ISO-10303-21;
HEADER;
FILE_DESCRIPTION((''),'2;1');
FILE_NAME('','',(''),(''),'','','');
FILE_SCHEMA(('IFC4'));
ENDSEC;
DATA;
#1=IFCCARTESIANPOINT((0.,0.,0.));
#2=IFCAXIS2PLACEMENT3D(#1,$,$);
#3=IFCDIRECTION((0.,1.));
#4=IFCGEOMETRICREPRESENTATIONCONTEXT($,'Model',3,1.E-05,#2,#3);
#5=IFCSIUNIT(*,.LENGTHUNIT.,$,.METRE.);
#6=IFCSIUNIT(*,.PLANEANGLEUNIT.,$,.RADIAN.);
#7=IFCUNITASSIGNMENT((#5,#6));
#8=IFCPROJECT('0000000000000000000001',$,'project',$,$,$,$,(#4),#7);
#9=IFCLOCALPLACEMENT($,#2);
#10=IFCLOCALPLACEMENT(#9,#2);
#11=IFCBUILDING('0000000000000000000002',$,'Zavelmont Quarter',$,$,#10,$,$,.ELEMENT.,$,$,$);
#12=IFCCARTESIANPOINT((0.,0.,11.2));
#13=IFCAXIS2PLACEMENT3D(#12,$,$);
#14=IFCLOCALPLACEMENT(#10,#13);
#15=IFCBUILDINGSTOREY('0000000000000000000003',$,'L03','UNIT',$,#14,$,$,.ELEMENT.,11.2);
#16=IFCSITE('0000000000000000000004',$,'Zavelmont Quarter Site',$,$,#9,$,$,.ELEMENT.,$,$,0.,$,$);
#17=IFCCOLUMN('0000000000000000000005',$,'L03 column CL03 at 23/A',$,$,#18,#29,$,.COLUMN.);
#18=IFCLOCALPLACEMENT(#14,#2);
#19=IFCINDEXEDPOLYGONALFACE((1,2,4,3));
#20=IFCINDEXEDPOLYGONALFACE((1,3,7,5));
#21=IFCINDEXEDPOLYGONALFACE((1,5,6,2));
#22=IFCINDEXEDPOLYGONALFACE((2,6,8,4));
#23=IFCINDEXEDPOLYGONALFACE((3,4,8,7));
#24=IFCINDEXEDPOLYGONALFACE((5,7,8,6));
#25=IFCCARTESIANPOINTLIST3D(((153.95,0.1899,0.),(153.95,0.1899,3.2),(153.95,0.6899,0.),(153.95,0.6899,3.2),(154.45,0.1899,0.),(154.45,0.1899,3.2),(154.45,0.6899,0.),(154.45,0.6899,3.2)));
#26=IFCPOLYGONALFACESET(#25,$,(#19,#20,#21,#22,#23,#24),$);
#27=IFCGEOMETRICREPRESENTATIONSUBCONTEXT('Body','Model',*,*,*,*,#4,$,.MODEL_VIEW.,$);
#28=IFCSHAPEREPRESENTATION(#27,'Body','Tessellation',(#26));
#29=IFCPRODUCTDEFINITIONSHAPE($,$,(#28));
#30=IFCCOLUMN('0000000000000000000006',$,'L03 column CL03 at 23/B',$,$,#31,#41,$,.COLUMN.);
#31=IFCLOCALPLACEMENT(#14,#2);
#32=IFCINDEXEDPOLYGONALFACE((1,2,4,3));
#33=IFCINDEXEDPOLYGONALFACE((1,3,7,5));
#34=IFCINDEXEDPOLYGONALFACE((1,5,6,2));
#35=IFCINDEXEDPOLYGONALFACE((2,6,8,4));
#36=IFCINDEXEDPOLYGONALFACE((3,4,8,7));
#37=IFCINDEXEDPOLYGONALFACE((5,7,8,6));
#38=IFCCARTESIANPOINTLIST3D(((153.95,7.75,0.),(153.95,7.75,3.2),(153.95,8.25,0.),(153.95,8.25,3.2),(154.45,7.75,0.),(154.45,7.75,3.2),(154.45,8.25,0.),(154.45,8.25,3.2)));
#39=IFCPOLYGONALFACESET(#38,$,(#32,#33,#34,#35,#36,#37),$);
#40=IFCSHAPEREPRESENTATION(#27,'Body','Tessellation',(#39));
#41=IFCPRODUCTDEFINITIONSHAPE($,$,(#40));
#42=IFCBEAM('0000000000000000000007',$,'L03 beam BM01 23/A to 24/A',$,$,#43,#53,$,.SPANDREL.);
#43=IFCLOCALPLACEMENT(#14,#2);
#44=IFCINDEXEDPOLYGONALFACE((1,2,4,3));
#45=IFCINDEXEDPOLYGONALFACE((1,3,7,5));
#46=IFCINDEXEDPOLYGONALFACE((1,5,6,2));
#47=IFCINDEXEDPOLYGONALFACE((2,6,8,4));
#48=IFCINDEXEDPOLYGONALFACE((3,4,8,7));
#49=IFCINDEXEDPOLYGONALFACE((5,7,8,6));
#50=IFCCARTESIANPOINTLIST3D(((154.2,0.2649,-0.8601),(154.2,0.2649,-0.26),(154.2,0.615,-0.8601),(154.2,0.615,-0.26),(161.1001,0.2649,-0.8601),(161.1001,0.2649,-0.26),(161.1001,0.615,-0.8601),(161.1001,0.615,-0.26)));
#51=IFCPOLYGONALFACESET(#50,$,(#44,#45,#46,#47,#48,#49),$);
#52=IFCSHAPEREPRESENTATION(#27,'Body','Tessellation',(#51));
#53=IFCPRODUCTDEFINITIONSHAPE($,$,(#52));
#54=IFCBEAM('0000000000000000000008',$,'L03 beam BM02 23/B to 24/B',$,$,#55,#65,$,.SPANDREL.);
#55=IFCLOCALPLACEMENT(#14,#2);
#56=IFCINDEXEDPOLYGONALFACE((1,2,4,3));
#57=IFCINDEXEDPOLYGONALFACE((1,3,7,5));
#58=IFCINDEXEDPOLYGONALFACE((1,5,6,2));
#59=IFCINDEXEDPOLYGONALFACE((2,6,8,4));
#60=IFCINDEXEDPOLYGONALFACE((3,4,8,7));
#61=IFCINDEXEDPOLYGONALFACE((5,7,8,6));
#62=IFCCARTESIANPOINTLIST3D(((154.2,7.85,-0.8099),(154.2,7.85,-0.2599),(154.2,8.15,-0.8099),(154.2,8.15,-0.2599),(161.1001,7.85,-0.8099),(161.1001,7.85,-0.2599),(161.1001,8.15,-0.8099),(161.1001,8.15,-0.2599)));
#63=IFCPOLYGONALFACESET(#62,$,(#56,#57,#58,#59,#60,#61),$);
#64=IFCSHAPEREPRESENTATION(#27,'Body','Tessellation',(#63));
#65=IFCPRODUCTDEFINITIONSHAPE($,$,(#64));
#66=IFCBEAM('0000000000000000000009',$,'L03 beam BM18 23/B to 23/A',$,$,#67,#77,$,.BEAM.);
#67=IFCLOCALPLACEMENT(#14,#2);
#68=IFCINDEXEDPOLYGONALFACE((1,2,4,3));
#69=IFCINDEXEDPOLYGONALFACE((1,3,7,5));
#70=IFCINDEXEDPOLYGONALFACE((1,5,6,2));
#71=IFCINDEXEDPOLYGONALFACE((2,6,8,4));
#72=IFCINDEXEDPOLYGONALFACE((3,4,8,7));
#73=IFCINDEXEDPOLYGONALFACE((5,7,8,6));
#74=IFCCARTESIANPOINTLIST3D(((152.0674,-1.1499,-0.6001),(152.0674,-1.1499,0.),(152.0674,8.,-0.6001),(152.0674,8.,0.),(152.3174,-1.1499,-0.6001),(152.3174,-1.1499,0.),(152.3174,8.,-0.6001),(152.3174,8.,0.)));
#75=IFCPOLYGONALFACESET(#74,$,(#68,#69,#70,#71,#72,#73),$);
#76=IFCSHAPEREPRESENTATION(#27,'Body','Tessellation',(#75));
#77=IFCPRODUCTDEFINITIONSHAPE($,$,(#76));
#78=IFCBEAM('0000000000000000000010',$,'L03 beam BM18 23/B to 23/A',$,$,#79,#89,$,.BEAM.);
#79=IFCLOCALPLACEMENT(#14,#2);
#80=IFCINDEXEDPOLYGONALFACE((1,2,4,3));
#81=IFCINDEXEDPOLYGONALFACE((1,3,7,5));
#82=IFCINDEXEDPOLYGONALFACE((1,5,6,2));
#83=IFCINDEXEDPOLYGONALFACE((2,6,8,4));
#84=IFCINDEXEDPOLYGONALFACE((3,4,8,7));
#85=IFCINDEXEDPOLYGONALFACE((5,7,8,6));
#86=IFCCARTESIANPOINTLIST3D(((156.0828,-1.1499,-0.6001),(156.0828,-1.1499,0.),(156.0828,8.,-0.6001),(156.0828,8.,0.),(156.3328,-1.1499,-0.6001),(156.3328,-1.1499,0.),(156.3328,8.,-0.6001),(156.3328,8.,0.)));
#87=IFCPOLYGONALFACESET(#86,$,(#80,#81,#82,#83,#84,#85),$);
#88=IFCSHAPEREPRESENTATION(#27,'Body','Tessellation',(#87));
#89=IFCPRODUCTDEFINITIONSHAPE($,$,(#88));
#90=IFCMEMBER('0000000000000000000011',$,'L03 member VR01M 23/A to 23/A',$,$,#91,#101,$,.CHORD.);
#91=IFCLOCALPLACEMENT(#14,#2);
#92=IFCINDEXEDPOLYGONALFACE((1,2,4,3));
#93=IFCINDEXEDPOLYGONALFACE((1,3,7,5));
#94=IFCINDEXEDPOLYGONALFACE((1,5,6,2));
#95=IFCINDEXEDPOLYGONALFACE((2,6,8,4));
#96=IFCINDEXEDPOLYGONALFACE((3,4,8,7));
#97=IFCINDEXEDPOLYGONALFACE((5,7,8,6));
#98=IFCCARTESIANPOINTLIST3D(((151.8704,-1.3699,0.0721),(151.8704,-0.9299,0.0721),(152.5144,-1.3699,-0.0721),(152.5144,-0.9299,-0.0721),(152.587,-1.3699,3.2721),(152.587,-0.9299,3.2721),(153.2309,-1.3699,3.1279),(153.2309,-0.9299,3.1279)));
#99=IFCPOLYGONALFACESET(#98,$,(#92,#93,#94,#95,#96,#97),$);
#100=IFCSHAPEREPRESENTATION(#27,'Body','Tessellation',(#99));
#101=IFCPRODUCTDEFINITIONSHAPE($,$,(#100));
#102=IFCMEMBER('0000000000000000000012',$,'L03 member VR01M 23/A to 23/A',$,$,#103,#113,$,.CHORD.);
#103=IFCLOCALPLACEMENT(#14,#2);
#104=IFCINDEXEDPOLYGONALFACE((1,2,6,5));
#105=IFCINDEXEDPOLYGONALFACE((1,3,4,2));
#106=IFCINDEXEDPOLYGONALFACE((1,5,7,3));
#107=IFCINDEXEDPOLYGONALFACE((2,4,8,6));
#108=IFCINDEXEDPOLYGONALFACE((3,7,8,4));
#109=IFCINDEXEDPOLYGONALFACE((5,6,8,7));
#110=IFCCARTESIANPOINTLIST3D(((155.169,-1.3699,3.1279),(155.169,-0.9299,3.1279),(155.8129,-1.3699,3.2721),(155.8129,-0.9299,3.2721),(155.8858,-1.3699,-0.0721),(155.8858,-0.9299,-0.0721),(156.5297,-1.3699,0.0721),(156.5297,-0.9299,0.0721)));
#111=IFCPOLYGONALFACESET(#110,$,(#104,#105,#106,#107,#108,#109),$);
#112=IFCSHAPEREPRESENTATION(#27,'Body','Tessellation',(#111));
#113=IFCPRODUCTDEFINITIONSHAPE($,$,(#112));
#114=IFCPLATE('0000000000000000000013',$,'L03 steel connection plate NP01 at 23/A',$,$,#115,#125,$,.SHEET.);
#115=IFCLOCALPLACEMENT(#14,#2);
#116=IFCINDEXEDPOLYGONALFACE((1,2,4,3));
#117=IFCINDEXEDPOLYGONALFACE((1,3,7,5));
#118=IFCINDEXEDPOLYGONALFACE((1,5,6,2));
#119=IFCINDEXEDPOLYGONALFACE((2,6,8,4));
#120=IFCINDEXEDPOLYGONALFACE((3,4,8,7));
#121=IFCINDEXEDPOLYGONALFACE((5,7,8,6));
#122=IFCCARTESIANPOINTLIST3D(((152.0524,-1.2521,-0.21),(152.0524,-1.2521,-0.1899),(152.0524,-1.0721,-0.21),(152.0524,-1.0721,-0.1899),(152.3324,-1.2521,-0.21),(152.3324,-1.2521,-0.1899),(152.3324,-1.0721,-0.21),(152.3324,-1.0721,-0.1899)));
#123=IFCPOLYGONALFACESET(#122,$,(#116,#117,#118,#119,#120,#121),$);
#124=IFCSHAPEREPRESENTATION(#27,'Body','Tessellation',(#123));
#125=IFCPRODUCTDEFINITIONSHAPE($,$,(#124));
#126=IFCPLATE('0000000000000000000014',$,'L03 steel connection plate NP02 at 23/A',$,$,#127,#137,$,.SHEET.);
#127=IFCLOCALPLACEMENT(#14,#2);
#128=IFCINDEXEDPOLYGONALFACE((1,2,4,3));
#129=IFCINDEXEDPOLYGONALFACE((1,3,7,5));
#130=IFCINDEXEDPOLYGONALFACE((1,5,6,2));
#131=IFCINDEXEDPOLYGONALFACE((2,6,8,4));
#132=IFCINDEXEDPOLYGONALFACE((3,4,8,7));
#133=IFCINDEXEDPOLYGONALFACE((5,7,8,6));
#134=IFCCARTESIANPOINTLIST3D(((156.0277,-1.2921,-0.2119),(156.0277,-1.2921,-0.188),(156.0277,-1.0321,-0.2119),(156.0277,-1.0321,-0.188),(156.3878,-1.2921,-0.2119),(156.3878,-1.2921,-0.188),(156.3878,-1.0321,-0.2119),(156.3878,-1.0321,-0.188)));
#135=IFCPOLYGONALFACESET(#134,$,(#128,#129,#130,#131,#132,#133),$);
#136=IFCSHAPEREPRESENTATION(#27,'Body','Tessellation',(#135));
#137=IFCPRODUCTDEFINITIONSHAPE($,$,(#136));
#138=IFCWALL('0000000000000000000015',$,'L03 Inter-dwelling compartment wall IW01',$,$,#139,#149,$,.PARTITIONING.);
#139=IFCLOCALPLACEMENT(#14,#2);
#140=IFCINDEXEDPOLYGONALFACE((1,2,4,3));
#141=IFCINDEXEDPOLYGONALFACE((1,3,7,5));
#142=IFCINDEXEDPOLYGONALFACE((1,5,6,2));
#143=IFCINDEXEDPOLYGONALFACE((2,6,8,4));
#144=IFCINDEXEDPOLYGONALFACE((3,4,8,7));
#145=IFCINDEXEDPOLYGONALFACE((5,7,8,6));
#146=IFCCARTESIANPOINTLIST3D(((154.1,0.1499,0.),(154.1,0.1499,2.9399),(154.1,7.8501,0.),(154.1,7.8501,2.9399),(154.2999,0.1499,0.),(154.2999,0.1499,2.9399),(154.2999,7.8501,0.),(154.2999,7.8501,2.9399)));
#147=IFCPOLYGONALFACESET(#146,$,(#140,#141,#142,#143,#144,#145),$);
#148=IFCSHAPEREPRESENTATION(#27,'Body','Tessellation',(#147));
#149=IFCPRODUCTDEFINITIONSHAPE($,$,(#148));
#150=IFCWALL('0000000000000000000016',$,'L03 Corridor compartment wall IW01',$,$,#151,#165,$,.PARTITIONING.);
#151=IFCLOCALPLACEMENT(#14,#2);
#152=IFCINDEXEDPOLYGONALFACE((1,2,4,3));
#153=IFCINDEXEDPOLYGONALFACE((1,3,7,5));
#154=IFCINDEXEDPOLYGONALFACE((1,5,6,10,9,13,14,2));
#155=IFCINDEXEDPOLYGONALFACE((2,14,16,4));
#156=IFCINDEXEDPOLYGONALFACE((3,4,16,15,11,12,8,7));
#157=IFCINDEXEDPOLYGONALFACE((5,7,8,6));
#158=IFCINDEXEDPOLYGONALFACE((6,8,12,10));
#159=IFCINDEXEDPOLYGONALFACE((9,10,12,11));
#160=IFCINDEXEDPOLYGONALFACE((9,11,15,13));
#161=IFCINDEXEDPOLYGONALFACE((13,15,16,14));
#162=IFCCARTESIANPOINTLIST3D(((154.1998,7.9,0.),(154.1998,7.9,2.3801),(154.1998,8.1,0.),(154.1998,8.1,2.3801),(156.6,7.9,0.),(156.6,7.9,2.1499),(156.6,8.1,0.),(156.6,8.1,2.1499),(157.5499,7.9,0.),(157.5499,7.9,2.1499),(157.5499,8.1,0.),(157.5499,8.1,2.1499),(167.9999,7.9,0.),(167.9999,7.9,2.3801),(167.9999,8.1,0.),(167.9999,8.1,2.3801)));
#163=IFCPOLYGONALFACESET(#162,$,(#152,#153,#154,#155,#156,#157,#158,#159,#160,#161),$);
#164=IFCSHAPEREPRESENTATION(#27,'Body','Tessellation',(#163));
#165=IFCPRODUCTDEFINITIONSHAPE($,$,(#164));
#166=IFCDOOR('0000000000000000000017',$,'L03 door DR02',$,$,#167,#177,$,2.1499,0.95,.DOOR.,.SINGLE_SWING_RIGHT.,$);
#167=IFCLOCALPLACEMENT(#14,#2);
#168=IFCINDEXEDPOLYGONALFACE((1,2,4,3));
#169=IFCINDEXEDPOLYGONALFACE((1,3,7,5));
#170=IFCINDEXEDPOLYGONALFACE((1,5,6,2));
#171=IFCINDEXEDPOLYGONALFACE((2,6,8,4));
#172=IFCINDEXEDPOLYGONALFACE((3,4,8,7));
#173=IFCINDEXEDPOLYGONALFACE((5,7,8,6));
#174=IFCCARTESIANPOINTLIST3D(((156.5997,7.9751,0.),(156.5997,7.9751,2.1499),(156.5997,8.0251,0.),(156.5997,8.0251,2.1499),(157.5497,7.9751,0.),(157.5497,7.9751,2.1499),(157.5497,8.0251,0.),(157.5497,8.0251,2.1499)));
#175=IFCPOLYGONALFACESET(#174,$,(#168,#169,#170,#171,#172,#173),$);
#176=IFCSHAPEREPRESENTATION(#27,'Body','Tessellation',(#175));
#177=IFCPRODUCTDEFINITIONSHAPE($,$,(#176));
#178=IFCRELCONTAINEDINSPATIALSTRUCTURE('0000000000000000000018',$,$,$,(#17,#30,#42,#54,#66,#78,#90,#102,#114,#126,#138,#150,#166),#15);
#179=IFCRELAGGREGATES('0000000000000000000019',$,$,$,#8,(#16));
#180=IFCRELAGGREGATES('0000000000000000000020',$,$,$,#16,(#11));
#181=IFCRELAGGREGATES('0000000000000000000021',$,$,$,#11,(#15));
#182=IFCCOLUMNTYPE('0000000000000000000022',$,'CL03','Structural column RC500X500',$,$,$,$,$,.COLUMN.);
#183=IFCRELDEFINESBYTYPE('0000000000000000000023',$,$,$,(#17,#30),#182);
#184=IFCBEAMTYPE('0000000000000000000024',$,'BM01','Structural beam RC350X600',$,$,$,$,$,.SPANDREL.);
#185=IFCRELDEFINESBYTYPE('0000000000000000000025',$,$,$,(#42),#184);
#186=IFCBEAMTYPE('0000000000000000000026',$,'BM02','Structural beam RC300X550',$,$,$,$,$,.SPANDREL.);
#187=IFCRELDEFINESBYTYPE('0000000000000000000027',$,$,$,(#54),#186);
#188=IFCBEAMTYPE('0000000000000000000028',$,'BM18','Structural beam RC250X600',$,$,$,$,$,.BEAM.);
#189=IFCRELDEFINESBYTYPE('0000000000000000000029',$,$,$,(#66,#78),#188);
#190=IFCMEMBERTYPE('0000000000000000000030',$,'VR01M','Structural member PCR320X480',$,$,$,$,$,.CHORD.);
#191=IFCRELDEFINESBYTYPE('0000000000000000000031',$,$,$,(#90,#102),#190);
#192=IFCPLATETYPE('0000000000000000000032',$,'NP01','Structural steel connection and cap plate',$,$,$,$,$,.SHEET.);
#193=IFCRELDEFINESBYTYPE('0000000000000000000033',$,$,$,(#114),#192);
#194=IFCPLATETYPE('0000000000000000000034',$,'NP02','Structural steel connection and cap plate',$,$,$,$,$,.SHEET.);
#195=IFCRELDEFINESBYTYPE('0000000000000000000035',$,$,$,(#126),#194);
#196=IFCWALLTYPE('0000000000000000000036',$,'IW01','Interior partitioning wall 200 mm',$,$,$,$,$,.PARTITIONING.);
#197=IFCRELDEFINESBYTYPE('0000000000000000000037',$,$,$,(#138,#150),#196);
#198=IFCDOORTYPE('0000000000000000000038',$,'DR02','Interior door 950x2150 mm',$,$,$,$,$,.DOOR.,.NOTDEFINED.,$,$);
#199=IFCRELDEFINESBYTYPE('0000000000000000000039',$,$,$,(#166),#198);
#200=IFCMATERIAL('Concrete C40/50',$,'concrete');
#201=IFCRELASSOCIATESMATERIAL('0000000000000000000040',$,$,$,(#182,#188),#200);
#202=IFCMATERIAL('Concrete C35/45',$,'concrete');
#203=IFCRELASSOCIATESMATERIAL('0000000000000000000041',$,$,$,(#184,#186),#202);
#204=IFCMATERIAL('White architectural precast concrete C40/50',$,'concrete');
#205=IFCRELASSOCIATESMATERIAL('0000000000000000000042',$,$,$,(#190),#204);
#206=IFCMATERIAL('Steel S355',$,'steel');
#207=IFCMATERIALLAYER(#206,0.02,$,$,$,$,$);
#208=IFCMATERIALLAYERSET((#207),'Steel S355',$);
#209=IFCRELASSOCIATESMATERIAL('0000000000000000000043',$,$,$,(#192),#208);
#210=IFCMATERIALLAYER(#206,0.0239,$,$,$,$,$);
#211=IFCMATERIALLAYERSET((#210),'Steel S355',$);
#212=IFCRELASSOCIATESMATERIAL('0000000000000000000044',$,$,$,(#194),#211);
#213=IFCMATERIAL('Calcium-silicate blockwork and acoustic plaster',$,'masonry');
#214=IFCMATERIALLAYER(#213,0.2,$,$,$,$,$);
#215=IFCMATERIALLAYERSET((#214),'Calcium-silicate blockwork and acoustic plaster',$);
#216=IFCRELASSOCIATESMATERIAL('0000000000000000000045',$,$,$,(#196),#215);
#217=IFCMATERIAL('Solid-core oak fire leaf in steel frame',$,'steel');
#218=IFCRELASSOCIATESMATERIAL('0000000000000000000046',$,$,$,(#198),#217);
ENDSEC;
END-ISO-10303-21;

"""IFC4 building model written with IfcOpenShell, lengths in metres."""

from ifc_helpers import new_model, si_unit, direction, frame, frame_2d, origin, origin_2d, place, context, subcontext, project, spatial, rectangle, extrude, material, layer, layer_set, material_profile, profile_set, type_object, element, fill, save


model = new_model("IFC4")

# Units and contexts
model_context = context("Model", 3, precision=1e-05, world=origin(), true_north=direction((0.0, 1.0)))
body_context = subcontext(model_context, "Body", "Model", "MODEL_VIEW")
ifc_project = project(units=[si_unit("LENGTHUNIT", "METRE"), si_unit("PLANEANGLEUNIT", "RADIAN")], contexts=[model_context])

# Site, building, storey
site_placement = place(None, origin())
site = spatial("IfcSite", under=ifc_project, at=site_placement, Name="Zavelmont Quarter Site", CompositionType="ELEMENT", RefElevation=0.0)
building_placement = place(site_placement, origin())
building = spatial("IfcBuilding", under=site, at=building_placement, Name="Zavelmont Quarter", CompositionType="ELEMENT")
storey_placement = place(building_placement, frame((0.0, 0.0, 11.2)))
storey = spatial("IfcBuildingStorey", under=building, at=storey_placement, Name="L03", Description="UNIT", CompositionType="ELEMENT", Elevation=11.2)

# Columns
ifc_material_1 = material(Name="Concrete C40/50", Category="concrete")
ifc_material_profile_1 = material_profile(ifc_material_1, rectangle(XDim=0.5, YDim=0.5, at=origin_2d()), Name="RC500X500")
ifc_profile_set_1 = profile_set([ifc_material_profile_1], Name="Concrete C40/50")
column_type = type_object("IfcColumnType", Name="CL03", Description="Structural column RC500X500", PredefinedType="COLUMN", material=ifc_profile_set_1)
for number, where, z_axis, x_axis, name in (
    (1, (154.2, 0.4399, 0.0), (0.0, 0.0, 1.0), (1.0, 0.0, 0.0), "L03 column CL03 at 23/A"),
    (2, (154.2, 8.0, 0.0), (0.0, 0.0, 1.0), (1.0, 0.0, 0.0), "L03 column CL03 at 23/B"),
):
    element("IfcColumn", number, at=place(storey_placement, frame(where, z_axis=z_axis, x_axis=x_axis)), inside=storey, type_object=column_type, Name=name, PredefinedType="COLUMN", context=body_context, shape_type="SweptSolid", body=[
        extrude(rectangle(XDim=0.5, YDim=0.5, at=origin_2d()), origin(), (0.0, 0.0, 1.0), 3.2),
    ])

# Beams
ifc_material_2 = material(Name="Concrete C35/45", Category="concrete")
ifc_material_profile_2 = material_profile(ifc_material_2, rectangle(XDim=0.3501, YDim=0.6001, at=origin_2d()), Name="RC350X600")
ifc_profile_set_2 = profile_set([ifc_material_profile_2], Name="Concrete C35/45")
beam_type_1 = type_object("IfcBeamType", Name="BM01", Description="Structural beam RC350X600", PredefinedType="SPANDREL", material=ifc_profile_set_2)
beam_1_placement = place(storey_placement, frame((154.2, 0.4399, -0.5601), z_axis=(1.0, 0.0, 0.0), x_axis=(0.0, 1.0, 0.0)))
element("IfcBeam", 3, at=beam_1_placement, inside=storey, type_object=beam_type_1, Name="L03 beam BM01 23/A to 24/A", PredefinedType="SPANDREL", context=body_context, shape_type="SweptSolid", body=[
    extrude(rectangle(XDim=0.3501, YDim=0.6001, at=origin_2d()), origin(), (0.0, 0.0, 1.0), 6.9001),
])
ifc_material_profile_3 = material_profile(ifc_material_2, rectangle(XDim=0.3, YDim=0.55, at=origin_2d()), Name="RC300X550")
ifc_profile_set_3 = profile_set([ifc_material_profile_3], Name="Concrete C35/45")
beam_type_2 = type_object("IfcBeamType", Name="BM02", Description="Structural beam RC300X550", PredefinedType="SPANDREL", material=ifc_profile_set_3)
beam_2_placement = place(storey_placement, frame((154.2, 8.0, -0.5349), z_axis=(1.0, 0.0, 0.0), x_axis=(0.0, 1.0, 0.0)))
element("IfcBeam", 4, at=beam_2_placement, inside=storey, type_object=beam_type_2, Name="L03 beam BM02 23/B to 24/B", PredefinedType="SPANDREL", context=body_context, shape_type="SweptSolid", body=[
    extrude(rectangle(XDim=0.3, YDim=0.55, at=origin_2d()), origin(), (0.0, 0.0, 1.0), 6.9001),
])
ifc_material_profile_4 = material_profile(ifc_material_1, rectangle(XDim=0.25, YDim=0.6001, at=origin_2d()), Name="RC250X600")
ifc_profile_set_4 = profile_set([ifc_material_profile_4], Name="Concrete C40/50")
beam_type_3 = type_object("IfcBeamType", Name="BM18", Description="Structural beam RC250X600", PredefinedType="BEAM", material=ifc_profile_set_4)
for number, where, z_axis, x_axis, name in (
    (5, (152.1924, 8.0, -0.3), (0.0, -1.0, 0.0), (1.0, 0.0, 0.0), "L03 beam BM18 23/B to 23/A"),
    (6, (156.2078, 8.0, -0.3), (0.0, -1.0, 0.0), (1.0, 0.0, 0.0), "L03 beam BM18 23/B to 23/A"),
):
    element("IfcBeam", number, at=place(storey_placement, frame(where, z_axis=z_axis, x_axis=x_axis)), inside=storey, type_object=beam_type_3, Name=name, PredefinedType="BEAM", context=body_context, shape_type="SweptSolid", body=[
        extrude(rectangle(XDim=0.25, YDim=0.6001, at=origin_2d()), origin(), (0.0, 0.0, 1.0), 9.1499),
    ])

# Members
ifc_material_3 = material(Name="White architectural precast concrete C40/50", Category="concrete")
ifc_material_profile_5 = material_profile(ifc_material_3, rectangle(XDim=0.4399, YDim=0.6599, at=origin_2d()), Name="PCR320X480")
ifc_profile_set_5 = profile_set([ifc_material_profile_5], Name="White architectural precast concrete C40/50")
member_type = type_object("IfcMemberType", Name="VR01M", Description="Structural member PCR320X480", PredefinedType="CHORD", material=ifc_profile_set_5)
for number, where, z_axis, x_axis, name in (
    (7, (152.1924, -1.1499, 0.0), (0.218515, 0.0, 0.975834), (0.0, 1.0, 0.0), "L03 member VR01M 23/A to 23/A"),
    (8, (156.2078, -1.1499, 0.0), (-0.218586, 0.0, 0.975818), (0.0, -1.0, 0.0), "L03 member VR01M 23/A to 23/A"),
):
    element("IfcMember", number, at=place(storey_placement, frame(where, z_axis=z_axis, x_axis=x_axis)), inside=storey, type_object=member_type, Name=name, PredefinedType="CHORD", context=body_context, shape_type="SweptSolid", body=[
        extrude(rectangle(XDim=0.4399, YDim=0.6599, at=origin_2d()), origin(), (0.0, 0.0, 1.0), 3.2793),
    ])

# Plates
ifc_material_4 = material(Name="Steel S355", Category="steel")
ifc_layer_1 = layer(ifc_material_4, 0.02)
ifc_layer_set_1 = layer_set([ifc_layer_1], Name="Steel S355")
plate_type_1 = type_object("IfcPlateType", Name="NP01", Description="Structural steel connection and cap plate", PredefinedType="SHEET", material=ifc_layer_set_1)
plate_1_placement = place(storey_placement, frame((152.1924, -1.1621, -0.21), z_axis=(0.0, 0.0, 1.0), x_axis=(1.0, 0.0, 0.0)))
element("IfcPlate", 9, at=plate_1_placement, inside=storey, type_object=plate_type_1, Name="L03 steel connection plate NP01 at 23/A", PredefinedType="SHEET", context=body_context, shape_type="SweptSolid", body=[
    extrude(rectangle(XDim=0.28, YDim=0.1799, at=origin_2d()), origin(), (0.0, 0.0, 1.0), 0.02),
])
ifc_layer_2 = layer(ifc_material_4, 0.0239)
ifc_layer_set_2 = layer_set([ifc_layer_2], Name="Steel S355")
plate_type_2 = type_object("IfcPlateType", Name="NP02", Description="Structural steel connection and cap plate", PredefinedType="SHEET", material=ifc_layer_set_2)
plate_2_placement = place(storey_placement, frame((156.2078, -1.1621, -0.2119), z_axis=(0.0, 0.0, 1.0), x_axis=(1.0, 0.0, 0.0)))
element("IfcPlate", 10, at=plate_2_placement, inside=storey, type_object=plate_type_2, Name="L03 steel connection plate NP02 at 23/A", PredefinedType="SHEET", context=body_context, shape_type="SweptSolid", body=[
    extrude(rectangle(XDim=0.3601, YDim=0.26, at=origin_2d()), origin(), (0.0, 0.0, 1.0), 0.0239),
])

# Wall
ifc_material_5 = material(Name="Calcium-silicate blockwork and acoustic plaster", Category="masonry")
ifc_layer_3 = layer(ifc_material_5, 0.2)
ifc_layer_set_3 = layer_set([ifc_layer_3], Name="Calcium-silicate blockwork and acoustic plaster")
wall_type_1 = type_object("IfcWallType", Name="IW01", Description="Interior partitioning wall 200 mm", PredefinedType="PARTITIONING", material=ifc_layer_set_3)
wall_1_placement = place(storey_placement, frame((154.2, 7.8501, 0.0), z_axis=(0.0, 0.0, 1.0), x_axis=(0.0, -1.0, 0.0)))
element("IfcWall", 11, at=wall_1_placement, inside=storey, type_object=wall_type_1, Name="L03 Inter-dwelling compartment wall IW01", PredefinedType="PARTITIONING", context=body_context, shape_type="SweptSolid", body=[
    extrude(rectangle(XDim=7.7002, YDim=0.2, at=frame_2d((3.8501, 0.0))), origin(), (0.0, 0.0, 1.0), 2.9399),
])

# Wall, opening, door
wall_2_placement = place(storey_placement, frame((154.2, 8.0, 0.0), z_axis=(0.0, 0.0, 1.0), x_axis=(1.0, 0.0, 0.0)))
wall_2 = element("IfcWall", 12, at=wall_2_placement, inside=storey, type_object=wall_type_1, Name="L03 Corridor compartment wall IW01", PredefinedType="PARTITIONING", context=body_context, shape_type="SweptSolid", body=[
    extrude(rectangle(XDim=13.8, YDim=0.2, at=frame_2d((6.8999, 0.0))), origin(), (0.0, 0.0, 1.0), 2.3801),
])
opening_1_placement = place(wall_2_placement, frame((2.3999, 0.0, 0.0)))
opening_1 = element("IfcOpeningElement", 13, at=opening_1_placement, cuts=wall_2, PredefinedType="OPENING", context=body_context, shape_type="SweptSolid", body=[
    extrude(rectangle(XDim=0.95, YDim=2.1499, at=frame_2d((0.4751, 1.075))), frame((0.0, 0.1118, 0.0), z_axis=(0.0, -1.0, 0.0), x_axis=(1.0, 0.0, 0.0)), (0.0, 0.0, 1.0), 0.2239),
])
ifc_material_6 = material(Name="Solid-core oak fire leaf in steel frame", Category="steel")
door_type_1 = type_object("IfcDoorType", Name="DR02", Description="Interior door 950x2150 mm", OperationType="NOTDEFINED", PredefinedType="DOOR", material=ifc_material_6)
door_1_placement = place(opening_1_placement, frame((0.95, 0.0, 0.0), z_axis=(0.0, 0.0, 1.0), x_axis=(-1.0, 0.0, 0.0)))
door_1 = element("IfcDoor", 14, at=door_1_placement, inside=storey, type_object=door_type_1, Name="L03 door DR02", OperationType="SINGLE_SWING_RIGHT", OverallHeight=2.1499, OverallWidth=0.95, PredefinedType="DOOR", context=body_context, shape_type="SweptSolid", body=[
    extrude(rectangle(XDim=0.95, YDim=2.1499, at=frame_2d((0.4751, 1.075))), frame((0.0, 0.0249, 0.0), z_axis=(0.0, -1.0, 0.0), x_axis=(1.0, 0.0, 0.0)), (0.0, 0.0, 1.0), 0.05),
])
fill(opening_1, door_1)

save(model, "model.ifc")
